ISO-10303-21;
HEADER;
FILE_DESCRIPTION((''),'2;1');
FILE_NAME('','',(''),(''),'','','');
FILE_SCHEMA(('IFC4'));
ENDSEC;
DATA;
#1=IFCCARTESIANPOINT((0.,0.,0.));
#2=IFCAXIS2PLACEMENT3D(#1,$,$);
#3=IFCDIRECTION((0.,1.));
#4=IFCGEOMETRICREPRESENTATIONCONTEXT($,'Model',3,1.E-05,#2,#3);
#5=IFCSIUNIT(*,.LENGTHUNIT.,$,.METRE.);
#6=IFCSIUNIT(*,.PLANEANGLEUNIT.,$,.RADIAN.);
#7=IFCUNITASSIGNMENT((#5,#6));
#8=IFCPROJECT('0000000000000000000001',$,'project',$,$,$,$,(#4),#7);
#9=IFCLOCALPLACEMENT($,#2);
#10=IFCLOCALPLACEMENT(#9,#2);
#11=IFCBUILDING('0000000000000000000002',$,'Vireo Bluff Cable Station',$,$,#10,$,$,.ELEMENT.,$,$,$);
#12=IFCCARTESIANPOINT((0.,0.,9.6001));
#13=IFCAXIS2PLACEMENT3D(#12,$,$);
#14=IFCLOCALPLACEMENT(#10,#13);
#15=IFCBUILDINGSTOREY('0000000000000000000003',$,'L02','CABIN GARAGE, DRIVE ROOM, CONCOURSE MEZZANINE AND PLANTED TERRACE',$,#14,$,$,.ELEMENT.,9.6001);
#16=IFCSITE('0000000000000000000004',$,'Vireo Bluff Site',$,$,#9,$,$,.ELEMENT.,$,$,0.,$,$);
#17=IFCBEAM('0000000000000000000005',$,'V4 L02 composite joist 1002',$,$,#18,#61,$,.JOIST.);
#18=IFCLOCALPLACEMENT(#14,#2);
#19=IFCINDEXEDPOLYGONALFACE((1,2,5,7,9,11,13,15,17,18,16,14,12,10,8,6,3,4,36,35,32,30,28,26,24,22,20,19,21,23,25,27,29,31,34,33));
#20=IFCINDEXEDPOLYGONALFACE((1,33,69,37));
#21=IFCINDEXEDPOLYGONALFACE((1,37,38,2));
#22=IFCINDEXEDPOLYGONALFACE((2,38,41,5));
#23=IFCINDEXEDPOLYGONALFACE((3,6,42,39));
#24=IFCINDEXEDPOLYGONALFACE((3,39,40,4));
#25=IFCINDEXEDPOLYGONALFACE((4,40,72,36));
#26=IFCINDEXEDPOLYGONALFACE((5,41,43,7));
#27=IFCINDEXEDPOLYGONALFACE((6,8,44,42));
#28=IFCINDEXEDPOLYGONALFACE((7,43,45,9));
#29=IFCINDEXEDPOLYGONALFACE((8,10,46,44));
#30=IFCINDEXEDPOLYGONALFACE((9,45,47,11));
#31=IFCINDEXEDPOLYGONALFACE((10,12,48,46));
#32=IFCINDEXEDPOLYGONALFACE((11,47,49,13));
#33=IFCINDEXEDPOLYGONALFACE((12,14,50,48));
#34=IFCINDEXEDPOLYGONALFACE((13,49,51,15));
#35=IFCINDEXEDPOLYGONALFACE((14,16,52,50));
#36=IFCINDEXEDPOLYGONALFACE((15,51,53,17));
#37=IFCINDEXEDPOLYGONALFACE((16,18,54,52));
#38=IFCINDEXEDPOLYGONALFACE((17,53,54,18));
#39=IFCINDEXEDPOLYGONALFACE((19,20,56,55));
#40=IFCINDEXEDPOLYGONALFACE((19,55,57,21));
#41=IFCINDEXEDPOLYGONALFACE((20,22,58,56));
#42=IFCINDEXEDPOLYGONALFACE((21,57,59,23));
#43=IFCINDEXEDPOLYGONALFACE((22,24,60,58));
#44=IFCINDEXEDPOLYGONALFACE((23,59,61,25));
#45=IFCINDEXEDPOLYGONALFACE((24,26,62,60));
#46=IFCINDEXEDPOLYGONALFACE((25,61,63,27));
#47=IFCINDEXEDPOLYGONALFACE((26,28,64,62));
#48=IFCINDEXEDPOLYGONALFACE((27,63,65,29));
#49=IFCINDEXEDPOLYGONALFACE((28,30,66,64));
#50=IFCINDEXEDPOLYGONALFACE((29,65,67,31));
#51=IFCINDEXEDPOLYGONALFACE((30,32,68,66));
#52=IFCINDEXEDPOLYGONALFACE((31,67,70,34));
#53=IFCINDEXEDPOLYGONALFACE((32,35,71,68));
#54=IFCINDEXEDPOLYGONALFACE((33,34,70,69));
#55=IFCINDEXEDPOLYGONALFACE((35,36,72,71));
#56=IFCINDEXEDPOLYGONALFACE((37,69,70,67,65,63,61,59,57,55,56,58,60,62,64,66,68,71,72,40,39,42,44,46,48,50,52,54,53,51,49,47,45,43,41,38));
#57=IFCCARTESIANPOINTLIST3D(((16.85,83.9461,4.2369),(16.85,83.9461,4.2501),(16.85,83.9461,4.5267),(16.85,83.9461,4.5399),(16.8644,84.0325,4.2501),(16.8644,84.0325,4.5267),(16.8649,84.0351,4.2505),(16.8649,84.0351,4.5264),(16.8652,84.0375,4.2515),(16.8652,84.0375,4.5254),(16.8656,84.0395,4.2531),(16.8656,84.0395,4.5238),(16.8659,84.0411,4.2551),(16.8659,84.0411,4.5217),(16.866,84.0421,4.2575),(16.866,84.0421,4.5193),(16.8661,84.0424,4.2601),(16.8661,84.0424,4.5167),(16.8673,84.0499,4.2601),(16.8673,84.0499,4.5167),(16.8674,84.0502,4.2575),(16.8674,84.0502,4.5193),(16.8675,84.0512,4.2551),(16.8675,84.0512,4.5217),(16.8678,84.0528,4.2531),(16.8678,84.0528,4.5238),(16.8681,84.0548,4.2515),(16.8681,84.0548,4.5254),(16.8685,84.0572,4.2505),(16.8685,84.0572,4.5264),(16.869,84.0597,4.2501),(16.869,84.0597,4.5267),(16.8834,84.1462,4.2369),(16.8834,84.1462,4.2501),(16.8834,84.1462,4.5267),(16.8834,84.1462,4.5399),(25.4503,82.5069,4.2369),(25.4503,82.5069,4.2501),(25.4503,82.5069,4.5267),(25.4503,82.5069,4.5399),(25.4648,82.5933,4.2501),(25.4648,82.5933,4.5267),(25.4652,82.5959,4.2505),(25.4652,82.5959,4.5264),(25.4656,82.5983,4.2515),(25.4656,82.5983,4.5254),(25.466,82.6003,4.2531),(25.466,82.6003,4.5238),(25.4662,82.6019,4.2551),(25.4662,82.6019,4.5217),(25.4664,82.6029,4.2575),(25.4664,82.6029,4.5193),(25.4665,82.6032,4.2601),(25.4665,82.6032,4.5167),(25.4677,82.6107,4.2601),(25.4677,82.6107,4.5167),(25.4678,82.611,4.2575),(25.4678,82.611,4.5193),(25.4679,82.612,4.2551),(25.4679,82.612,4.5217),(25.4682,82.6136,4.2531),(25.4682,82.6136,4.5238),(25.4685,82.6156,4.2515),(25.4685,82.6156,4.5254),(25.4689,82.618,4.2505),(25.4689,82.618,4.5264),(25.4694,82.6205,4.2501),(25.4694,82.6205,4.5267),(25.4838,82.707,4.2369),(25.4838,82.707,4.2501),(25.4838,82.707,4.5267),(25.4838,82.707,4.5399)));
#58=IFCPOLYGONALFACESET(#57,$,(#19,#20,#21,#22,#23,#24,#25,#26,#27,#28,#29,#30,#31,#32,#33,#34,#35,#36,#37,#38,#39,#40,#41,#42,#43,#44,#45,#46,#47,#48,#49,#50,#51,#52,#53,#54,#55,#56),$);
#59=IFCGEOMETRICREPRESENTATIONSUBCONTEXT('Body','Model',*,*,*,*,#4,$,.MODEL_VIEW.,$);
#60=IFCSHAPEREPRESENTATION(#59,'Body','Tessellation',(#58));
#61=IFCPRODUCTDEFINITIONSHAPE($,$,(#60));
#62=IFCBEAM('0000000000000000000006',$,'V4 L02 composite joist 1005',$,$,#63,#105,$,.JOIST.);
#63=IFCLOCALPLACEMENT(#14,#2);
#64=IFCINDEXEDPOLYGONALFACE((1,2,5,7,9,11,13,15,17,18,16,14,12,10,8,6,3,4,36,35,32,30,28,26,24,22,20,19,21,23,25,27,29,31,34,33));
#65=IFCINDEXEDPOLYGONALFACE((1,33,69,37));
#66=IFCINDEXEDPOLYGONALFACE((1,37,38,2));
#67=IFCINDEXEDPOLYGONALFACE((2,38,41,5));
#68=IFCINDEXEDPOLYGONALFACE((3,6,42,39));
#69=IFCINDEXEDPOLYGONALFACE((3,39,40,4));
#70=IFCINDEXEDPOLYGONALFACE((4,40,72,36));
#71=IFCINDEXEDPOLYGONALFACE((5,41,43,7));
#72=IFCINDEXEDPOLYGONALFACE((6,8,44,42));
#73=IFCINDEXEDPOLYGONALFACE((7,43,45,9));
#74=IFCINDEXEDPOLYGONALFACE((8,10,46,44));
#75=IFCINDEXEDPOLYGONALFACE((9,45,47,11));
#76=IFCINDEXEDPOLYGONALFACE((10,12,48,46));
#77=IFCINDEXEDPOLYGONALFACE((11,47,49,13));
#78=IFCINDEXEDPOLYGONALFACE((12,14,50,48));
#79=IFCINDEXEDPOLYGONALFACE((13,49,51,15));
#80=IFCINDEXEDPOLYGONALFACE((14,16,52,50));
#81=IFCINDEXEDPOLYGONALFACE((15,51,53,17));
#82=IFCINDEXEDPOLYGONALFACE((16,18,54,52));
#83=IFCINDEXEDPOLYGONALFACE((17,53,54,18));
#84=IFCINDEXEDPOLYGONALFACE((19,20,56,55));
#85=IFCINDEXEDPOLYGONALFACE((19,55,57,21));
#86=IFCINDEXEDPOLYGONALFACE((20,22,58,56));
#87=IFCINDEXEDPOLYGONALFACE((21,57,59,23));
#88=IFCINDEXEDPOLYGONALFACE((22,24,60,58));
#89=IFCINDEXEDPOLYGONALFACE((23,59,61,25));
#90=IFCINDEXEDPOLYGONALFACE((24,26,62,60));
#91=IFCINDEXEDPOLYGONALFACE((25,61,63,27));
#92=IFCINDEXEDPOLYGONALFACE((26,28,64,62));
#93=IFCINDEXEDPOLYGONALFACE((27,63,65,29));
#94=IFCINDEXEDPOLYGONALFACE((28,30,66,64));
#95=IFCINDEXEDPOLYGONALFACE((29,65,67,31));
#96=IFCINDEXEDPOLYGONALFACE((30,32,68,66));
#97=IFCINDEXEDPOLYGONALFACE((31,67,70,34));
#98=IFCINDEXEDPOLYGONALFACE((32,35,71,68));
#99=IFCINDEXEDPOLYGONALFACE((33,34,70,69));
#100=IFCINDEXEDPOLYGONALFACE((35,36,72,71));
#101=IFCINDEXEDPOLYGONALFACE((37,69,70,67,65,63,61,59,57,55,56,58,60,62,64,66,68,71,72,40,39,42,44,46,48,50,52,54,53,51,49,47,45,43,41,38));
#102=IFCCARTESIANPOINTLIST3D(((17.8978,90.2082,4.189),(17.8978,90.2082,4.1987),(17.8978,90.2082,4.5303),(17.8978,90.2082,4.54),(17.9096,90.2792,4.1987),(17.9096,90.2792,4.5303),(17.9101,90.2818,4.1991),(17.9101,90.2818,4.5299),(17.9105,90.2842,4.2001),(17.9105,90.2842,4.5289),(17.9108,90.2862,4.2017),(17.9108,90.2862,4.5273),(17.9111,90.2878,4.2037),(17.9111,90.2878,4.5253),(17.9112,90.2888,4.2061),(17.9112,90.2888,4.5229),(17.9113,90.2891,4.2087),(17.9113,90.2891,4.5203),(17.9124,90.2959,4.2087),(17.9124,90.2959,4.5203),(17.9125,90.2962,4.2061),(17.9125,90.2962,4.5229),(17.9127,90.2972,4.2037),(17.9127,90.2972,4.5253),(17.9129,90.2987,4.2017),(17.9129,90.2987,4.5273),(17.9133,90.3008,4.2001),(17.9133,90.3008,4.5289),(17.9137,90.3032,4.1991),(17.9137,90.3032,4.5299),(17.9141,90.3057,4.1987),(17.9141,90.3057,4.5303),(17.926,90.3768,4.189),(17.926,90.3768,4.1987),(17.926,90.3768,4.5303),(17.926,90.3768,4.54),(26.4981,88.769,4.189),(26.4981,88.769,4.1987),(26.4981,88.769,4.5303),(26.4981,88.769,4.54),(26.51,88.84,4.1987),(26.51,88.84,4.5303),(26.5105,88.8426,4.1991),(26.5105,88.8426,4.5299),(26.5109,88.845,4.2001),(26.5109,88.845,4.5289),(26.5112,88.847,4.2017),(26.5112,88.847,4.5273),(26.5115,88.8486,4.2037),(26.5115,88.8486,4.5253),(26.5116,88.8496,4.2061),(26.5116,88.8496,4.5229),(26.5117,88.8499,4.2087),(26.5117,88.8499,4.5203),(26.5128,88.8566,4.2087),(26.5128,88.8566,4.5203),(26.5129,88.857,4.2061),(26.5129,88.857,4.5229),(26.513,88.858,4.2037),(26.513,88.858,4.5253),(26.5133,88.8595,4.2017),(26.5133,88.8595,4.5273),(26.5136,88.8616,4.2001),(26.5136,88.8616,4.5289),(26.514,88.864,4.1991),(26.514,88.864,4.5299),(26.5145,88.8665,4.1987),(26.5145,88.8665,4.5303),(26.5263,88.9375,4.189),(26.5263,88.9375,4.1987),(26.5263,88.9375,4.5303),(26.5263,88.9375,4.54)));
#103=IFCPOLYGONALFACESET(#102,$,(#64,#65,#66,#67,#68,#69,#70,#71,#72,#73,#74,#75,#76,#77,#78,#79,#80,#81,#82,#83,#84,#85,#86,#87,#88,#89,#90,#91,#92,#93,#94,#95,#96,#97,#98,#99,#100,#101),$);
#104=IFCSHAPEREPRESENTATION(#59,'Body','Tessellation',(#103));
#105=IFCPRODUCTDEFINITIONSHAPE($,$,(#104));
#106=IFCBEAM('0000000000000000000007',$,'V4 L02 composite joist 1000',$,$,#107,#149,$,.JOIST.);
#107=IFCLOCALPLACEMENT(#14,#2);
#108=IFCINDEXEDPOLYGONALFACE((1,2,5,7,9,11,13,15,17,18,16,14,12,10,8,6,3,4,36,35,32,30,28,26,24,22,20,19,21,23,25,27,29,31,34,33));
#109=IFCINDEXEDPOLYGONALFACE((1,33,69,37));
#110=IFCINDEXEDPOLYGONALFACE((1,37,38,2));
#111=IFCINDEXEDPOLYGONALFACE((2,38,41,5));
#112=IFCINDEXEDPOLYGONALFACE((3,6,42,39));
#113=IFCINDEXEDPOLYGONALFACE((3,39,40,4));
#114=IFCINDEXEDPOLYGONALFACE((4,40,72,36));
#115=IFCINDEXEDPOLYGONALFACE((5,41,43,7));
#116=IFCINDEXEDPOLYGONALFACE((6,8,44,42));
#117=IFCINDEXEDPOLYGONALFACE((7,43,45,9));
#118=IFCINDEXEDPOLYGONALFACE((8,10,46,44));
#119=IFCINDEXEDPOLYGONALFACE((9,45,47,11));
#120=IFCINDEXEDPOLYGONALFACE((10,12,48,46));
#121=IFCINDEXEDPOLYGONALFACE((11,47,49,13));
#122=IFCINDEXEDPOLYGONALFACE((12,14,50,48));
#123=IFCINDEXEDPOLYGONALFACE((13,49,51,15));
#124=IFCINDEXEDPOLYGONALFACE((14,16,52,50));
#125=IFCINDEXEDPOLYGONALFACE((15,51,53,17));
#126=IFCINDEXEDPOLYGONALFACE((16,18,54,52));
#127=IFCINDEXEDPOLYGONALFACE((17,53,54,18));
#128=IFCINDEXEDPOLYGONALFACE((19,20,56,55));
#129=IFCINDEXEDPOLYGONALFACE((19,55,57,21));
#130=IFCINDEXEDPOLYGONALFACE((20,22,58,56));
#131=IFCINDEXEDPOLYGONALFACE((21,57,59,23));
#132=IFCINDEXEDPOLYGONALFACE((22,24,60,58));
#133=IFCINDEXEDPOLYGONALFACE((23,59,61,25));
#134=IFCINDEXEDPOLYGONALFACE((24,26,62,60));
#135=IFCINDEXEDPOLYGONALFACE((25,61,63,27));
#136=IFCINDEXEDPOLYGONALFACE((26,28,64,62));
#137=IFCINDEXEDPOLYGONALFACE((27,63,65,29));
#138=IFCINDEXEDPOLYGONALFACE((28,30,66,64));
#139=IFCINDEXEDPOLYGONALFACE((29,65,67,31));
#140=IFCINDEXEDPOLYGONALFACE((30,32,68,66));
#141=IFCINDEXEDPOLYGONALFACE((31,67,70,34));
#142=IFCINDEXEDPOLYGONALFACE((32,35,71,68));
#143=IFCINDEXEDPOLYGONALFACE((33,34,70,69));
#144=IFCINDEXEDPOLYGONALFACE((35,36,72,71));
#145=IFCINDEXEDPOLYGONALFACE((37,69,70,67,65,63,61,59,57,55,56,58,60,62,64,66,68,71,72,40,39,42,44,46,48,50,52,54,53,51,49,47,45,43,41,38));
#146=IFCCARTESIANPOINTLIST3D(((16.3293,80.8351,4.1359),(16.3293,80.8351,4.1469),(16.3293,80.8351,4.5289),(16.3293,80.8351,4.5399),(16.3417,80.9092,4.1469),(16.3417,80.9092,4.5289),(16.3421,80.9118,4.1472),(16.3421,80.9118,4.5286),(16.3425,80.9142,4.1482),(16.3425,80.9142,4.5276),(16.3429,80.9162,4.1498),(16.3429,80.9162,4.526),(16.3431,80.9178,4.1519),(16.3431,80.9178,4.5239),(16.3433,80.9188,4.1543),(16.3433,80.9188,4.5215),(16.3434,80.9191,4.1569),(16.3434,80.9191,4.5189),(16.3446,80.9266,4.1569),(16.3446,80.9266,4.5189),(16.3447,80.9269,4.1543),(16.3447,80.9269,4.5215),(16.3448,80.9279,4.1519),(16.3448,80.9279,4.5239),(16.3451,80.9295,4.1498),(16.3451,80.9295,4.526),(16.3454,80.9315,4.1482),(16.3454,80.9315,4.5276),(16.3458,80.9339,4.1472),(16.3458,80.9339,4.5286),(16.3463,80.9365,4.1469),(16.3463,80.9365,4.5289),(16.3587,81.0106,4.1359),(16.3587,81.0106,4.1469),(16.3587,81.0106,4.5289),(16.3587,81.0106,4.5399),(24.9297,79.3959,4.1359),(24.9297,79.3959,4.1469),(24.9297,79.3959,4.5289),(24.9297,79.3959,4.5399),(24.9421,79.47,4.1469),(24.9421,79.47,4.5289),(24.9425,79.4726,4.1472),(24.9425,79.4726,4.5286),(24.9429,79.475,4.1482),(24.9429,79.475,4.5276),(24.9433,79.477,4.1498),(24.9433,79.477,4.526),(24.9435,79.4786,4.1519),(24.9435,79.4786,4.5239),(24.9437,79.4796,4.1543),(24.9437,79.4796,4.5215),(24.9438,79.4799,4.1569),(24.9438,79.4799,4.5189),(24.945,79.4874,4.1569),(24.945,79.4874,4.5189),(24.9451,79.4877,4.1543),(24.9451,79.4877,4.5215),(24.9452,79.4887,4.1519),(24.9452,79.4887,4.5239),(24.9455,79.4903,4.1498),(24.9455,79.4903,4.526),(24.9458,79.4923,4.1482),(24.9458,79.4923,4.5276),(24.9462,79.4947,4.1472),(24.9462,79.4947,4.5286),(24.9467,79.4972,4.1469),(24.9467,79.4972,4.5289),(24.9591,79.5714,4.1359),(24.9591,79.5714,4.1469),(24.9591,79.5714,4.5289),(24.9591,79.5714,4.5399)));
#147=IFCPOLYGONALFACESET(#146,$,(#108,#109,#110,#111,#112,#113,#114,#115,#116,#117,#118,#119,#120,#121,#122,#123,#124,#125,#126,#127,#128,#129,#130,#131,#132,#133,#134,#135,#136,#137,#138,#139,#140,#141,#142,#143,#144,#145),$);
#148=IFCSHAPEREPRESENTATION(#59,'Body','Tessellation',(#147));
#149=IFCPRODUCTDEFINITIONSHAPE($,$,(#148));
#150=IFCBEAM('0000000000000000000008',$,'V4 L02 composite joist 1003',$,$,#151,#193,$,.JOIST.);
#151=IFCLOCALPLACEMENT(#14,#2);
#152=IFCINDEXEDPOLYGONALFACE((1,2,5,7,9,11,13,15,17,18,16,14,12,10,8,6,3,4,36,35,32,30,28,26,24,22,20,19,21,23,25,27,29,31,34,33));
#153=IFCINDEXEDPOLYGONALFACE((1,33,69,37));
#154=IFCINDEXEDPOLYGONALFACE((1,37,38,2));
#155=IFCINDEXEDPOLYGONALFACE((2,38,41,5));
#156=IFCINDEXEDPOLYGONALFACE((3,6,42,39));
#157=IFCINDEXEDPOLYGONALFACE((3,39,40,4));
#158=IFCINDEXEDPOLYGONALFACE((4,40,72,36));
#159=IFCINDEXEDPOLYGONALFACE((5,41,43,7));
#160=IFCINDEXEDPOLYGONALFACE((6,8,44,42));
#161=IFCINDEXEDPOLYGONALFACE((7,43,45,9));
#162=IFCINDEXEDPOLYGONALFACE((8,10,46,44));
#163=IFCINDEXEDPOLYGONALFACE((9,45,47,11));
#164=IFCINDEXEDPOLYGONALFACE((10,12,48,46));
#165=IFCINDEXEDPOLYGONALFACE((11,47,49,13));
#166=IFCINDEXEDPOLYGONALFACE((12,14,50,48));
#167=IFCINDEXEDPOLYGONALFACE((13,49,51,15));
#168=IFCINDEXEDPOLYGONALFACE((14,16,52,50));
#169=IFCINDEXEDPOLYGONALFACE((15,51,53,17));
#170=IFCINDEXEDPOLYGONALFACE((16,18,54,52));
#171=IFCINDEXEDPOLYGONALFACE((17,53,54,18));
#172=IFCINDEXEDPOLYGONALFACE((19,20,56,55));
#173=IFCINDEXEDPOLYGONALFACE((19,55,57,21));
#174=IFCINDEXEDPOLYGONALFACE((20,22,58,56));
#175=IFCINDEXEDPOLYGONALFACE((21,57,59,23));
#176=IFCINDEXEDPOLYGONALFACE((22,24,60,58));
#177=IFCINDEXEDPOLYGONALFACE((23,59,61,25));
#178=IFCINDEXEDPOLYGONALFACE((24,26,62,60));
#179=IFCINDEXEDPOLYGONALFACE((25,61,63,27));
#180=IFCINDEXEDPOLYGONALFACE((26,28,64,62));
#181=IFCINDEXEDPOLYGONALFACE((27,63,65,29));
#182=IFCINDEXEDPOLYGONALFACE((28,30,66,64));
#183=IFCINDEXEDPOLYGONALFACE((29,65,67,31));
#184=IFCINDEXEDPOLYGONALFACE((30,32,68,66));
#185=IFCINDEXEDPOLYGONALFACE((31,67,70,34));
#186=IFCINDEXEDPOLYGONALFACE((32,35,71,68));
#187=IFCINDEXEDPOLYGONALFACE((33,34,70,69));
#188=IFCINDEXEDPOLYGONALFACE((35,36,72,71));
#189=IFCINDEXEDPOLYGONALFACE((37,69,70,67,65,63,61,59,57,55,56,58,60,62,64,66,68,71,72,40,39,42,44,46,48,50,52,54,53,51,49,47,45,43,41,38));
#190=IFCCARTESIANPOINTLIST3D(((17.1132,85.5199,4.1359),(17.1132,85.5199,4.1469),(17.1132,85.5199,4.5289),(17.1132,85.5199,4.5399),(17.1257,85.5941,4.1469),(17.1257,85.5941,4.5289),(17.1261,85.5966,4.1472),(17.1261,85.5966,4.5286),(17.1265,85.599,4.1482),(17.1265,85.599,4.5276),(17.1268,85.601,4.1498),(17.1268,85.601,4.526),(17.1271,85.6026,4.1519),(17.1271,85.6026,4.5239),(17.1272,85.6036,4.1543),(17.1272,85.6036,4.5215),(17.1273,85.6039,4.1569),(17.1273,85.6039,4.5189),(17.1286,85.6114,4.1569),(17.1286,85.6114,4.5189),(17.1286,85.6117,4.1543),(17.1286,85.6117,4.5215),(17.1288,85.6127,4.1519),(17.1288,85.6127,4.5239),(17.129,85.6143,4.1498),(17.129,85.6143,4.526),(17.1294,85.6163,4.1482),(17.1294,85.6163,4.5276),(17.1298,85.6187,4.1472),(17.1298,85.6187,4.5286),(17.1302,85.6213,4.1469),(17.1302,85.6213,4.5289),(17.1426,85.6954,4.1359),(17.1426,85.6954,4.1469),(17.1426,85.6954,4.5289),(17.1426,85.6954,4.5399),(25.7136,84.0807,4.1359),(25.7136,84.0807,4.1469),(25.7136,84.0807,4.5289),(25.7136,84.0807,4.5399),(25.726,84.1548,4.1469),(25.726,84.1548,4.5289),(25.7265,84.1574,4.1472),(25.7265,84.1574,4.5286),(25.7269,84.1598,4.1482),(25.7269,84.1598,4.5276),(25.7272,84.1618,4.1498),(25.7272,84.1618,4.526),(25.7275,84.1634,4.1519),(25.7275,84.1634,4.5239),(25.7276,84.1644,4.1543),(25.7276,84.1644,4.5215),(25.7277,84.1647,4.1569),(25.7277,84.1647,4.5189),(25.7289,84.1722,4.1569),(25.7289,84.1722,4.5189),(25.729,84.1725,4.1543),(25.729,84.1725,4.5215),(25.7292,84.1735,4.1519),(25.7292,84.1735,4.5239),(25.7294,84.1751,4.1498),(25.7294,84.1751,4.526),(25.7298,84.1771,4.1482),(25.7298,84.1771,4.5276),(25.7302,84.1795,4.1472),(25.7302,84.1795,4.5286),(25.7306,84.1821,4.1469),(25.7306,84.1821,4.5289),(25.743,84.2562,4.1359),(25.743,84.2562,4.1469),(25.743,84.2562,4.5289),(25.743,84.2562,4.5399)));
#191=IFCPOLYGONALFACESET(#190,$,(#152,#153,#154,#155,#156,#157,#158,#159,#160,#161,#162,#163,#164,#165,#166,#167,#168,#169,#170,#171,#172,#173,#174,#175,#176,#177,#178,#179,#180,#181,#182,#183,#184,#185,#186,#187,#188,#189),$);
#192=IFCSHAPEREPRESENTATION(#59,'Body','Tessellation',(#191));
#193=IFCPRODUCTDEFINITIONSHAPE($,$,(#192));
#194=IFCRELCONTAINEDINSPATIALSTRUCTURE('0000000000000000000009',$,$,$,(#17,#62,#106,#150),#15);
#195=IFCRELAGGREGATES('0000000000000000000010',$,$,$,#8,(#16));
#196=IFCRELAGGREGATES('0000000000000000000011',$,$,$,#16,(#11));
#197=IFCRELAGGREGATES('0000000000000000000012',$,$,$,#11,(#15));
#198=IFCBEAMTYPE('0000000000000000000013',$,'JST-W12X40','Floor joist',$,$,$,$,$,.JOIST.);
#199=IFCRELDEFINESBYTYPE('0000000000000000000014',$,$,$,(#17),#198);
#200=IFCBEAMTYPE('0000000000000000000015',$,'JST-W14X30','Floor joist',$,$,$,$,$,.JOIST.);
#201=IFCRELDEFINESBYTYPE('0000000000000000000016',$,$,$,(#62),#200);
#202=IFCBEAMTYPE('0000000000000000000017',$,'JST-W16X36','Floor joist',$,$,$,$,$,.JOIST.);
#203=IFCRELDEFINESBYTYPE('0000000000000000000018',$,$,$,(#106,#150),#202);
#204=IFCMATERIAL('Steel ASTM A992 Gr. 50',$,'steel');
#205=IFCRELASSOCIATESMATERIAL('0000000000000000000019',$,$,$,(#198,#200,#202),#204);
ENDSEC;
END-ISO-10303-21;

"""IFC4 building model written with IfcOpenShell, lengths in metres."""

from ifc_helpers import new_model, si_unit, direction, frame, origin, origin_2d, place, context, subcontext, project, spatial, i_section, extrude, material, material_profile, profile_set, type_object, element, save


model = new_model("IFC4")

# Units and contexts
model_context = context("Model", 3, precision=1e-05, world=origin(), true_north=direction((0.0, 1.0)))
body_context = subcontext(model_context, "Body", "Model", "MODEL_VIEW")
ifc_project = project(units=[si_unit("LENGTHUNIT", "METRE"), si_unit("PLANEANGLEUNIT", "RADIAN")], contexts=[model_context])

# Site, building, storey
site_placement = place(None, origin())
site = spatial("IfcSite", under=ifc_project, at=site_placement, Name="Vireo Bluff Site", CompositionType="ELEMENT", RefElevation=0.0)
building_placement = place(site_placement, origin())
building = spatial("IfcBuilding", under=site, at=building_placement, Name="Vireo Bluff Cable Station", CompositionType="ELEMENT")
storey_placement = place(building_placement, frame((0.0, 0.0, 9.6001)))
storey = spatial("IfcBuildingStorey", under=building, at=storey_placement, Name="L02", Description="CABIN GARAGE, DRIVE ROOM, CONCOURSE MEZZANINE AND PLANTED TERRACE", CompositionType="ELEMENT", Elevation=9.6001)

# Shared definitions
ifc_material_1 = material(Name="Steel ASTM A992 Gr. 50", Category="steel")

# Beams
ifc_material_profile_1 = material_profile(ifc_material_1, i_section(OverallWidth=0.2029, OverallDepth=0.303, WebThickness=0.0076, FlangeThickness=0.0132, FilletRadius=0.01, at=origin_2d()), Name="W12X40")
ifc_profile_set_1 = profile_set([ifc_material_profile_1], Name="Steel ASTM A992 Gr. 50")
beam_type_1 = type_object("IfcBeamType", Name="JST-W12X40", Description="Floor joist", PredefinedType="JOIST", material=ifc_profile_set_1)
beam_1_placement = place(storey_placement, frame((16.8667, 84.0461, 4.3884), z_axis=(0.986286, -0.165048, 0.0), x_axis=(0.165048, 0.986286, 0.0)))
element("IfcBeam", 1, at=beam_1_placement, inside=storey, type_object=beam_type_1, Name="V4 L02 composite joist 1002", PredefinedType="JOIST", context=body_context, shape_type="SweptSolid", body=[
    extrude(i_section(OverallWidth=0.2029, OverallDepth=0.303, WebThickness=0.0076, FlangeThickness=0.0132, FilletRadius=0.01, at=origin_2d()), origin(), (0.0, 0.0, 1.0), 8.72),
])
ifc_material_profile_2 = material_profile(ifc_material_1, i_section(OverallWidth=0.1709, OverallDepth=0.3511, WebThickness=0.0068, FlangeThickness=0.0098, FilletRadius=0.01, at=origin_2d()), Name="W14X30")
ifc_profile_set_2 = profile_set([ifc_material_profile_2], Name="Steel ASTM A992 Gr. 50")
beam_type_2 = type_object("IfcBeamType", Name="JST-W14X30", Description="Floor joist", PredefinedType="JOIST", material=ifc_profile_set_2)
beam_2_placement = place(storey_placement, frame((17.9119, 90.2925, 4.3645), z_axis=(0.986286, -0.165048, 0.0), x_axis=(0.165048, 0.986286, 0.0)))
element("IfcBeam", 2, at=beam_2_placement, inside=storey, type_object=beam_type_2, Name="V4 L02 composite joist 1005", PredefinedType="JOIST", context=body_context, shape_type="SweptSolid", body=[
    extrude(i_section(OverallWidth=0.1709, OverallDepth=0.3511, WebThickness=0.0068, FlangeThickness=0.0098, FilletRadius=0.01, at=origin_2d()), origin(), (0.0, 0.0, 1.0), 8.72),
])
ifc_material_profile_3 = material_profile(ifc_material_1, i_section(OverallWidth=0.178, OverallDepth=0.4041, WebThickness=0.0076, FlangeThickness=0.011, FilletRadius=0.01, at=origin_2d()), Name="W16X36")
ifc_profile_set_3 = profile_set([ifc_material_profile_3], Name="Steel ASTM A992 Gr. 50")
beam_type_3 = type_object("IfcBeamType", Name="JST-W16X36", Description="Floor joist", PredefinedType="JOIST", material=ifc_profile_set_3)
for number, where, z_axis, x_axis, name in (
    (3, (16.344, 80.9229, 4.3379), (0.986286, -0.165048, 0.0), (0.165048, 0.986286, 0.0), "V4 L02 composite joist 1000"),
    (4, (17.1279, 85.6077, 4.3379), (0.986286, -0.165048, 0.0), (0.165048, 0.986286, 0.0), "V4 L02 composite joist 1003"),
):
    element("IfcBeam", number, at=place(storey_placement, frame(where, z_axis=z_axis, x_axis=x_axis)), inside=storey, type_object=beam_type_3, Name=name, PredefinedType="JOIST", context=body_context, shape_type="SweptSolid", body=[
        extrude(i_section(OverallWidth=0.178, OverallDepth=0.4041, WebThickness=0.0076, FlangeThickness=0.011, FilletRadius=0.01, at=origin_2d()), origin(), (0.0, 0.0, 1.0), 8.72),
    ])

save(model, "model.ifc")
